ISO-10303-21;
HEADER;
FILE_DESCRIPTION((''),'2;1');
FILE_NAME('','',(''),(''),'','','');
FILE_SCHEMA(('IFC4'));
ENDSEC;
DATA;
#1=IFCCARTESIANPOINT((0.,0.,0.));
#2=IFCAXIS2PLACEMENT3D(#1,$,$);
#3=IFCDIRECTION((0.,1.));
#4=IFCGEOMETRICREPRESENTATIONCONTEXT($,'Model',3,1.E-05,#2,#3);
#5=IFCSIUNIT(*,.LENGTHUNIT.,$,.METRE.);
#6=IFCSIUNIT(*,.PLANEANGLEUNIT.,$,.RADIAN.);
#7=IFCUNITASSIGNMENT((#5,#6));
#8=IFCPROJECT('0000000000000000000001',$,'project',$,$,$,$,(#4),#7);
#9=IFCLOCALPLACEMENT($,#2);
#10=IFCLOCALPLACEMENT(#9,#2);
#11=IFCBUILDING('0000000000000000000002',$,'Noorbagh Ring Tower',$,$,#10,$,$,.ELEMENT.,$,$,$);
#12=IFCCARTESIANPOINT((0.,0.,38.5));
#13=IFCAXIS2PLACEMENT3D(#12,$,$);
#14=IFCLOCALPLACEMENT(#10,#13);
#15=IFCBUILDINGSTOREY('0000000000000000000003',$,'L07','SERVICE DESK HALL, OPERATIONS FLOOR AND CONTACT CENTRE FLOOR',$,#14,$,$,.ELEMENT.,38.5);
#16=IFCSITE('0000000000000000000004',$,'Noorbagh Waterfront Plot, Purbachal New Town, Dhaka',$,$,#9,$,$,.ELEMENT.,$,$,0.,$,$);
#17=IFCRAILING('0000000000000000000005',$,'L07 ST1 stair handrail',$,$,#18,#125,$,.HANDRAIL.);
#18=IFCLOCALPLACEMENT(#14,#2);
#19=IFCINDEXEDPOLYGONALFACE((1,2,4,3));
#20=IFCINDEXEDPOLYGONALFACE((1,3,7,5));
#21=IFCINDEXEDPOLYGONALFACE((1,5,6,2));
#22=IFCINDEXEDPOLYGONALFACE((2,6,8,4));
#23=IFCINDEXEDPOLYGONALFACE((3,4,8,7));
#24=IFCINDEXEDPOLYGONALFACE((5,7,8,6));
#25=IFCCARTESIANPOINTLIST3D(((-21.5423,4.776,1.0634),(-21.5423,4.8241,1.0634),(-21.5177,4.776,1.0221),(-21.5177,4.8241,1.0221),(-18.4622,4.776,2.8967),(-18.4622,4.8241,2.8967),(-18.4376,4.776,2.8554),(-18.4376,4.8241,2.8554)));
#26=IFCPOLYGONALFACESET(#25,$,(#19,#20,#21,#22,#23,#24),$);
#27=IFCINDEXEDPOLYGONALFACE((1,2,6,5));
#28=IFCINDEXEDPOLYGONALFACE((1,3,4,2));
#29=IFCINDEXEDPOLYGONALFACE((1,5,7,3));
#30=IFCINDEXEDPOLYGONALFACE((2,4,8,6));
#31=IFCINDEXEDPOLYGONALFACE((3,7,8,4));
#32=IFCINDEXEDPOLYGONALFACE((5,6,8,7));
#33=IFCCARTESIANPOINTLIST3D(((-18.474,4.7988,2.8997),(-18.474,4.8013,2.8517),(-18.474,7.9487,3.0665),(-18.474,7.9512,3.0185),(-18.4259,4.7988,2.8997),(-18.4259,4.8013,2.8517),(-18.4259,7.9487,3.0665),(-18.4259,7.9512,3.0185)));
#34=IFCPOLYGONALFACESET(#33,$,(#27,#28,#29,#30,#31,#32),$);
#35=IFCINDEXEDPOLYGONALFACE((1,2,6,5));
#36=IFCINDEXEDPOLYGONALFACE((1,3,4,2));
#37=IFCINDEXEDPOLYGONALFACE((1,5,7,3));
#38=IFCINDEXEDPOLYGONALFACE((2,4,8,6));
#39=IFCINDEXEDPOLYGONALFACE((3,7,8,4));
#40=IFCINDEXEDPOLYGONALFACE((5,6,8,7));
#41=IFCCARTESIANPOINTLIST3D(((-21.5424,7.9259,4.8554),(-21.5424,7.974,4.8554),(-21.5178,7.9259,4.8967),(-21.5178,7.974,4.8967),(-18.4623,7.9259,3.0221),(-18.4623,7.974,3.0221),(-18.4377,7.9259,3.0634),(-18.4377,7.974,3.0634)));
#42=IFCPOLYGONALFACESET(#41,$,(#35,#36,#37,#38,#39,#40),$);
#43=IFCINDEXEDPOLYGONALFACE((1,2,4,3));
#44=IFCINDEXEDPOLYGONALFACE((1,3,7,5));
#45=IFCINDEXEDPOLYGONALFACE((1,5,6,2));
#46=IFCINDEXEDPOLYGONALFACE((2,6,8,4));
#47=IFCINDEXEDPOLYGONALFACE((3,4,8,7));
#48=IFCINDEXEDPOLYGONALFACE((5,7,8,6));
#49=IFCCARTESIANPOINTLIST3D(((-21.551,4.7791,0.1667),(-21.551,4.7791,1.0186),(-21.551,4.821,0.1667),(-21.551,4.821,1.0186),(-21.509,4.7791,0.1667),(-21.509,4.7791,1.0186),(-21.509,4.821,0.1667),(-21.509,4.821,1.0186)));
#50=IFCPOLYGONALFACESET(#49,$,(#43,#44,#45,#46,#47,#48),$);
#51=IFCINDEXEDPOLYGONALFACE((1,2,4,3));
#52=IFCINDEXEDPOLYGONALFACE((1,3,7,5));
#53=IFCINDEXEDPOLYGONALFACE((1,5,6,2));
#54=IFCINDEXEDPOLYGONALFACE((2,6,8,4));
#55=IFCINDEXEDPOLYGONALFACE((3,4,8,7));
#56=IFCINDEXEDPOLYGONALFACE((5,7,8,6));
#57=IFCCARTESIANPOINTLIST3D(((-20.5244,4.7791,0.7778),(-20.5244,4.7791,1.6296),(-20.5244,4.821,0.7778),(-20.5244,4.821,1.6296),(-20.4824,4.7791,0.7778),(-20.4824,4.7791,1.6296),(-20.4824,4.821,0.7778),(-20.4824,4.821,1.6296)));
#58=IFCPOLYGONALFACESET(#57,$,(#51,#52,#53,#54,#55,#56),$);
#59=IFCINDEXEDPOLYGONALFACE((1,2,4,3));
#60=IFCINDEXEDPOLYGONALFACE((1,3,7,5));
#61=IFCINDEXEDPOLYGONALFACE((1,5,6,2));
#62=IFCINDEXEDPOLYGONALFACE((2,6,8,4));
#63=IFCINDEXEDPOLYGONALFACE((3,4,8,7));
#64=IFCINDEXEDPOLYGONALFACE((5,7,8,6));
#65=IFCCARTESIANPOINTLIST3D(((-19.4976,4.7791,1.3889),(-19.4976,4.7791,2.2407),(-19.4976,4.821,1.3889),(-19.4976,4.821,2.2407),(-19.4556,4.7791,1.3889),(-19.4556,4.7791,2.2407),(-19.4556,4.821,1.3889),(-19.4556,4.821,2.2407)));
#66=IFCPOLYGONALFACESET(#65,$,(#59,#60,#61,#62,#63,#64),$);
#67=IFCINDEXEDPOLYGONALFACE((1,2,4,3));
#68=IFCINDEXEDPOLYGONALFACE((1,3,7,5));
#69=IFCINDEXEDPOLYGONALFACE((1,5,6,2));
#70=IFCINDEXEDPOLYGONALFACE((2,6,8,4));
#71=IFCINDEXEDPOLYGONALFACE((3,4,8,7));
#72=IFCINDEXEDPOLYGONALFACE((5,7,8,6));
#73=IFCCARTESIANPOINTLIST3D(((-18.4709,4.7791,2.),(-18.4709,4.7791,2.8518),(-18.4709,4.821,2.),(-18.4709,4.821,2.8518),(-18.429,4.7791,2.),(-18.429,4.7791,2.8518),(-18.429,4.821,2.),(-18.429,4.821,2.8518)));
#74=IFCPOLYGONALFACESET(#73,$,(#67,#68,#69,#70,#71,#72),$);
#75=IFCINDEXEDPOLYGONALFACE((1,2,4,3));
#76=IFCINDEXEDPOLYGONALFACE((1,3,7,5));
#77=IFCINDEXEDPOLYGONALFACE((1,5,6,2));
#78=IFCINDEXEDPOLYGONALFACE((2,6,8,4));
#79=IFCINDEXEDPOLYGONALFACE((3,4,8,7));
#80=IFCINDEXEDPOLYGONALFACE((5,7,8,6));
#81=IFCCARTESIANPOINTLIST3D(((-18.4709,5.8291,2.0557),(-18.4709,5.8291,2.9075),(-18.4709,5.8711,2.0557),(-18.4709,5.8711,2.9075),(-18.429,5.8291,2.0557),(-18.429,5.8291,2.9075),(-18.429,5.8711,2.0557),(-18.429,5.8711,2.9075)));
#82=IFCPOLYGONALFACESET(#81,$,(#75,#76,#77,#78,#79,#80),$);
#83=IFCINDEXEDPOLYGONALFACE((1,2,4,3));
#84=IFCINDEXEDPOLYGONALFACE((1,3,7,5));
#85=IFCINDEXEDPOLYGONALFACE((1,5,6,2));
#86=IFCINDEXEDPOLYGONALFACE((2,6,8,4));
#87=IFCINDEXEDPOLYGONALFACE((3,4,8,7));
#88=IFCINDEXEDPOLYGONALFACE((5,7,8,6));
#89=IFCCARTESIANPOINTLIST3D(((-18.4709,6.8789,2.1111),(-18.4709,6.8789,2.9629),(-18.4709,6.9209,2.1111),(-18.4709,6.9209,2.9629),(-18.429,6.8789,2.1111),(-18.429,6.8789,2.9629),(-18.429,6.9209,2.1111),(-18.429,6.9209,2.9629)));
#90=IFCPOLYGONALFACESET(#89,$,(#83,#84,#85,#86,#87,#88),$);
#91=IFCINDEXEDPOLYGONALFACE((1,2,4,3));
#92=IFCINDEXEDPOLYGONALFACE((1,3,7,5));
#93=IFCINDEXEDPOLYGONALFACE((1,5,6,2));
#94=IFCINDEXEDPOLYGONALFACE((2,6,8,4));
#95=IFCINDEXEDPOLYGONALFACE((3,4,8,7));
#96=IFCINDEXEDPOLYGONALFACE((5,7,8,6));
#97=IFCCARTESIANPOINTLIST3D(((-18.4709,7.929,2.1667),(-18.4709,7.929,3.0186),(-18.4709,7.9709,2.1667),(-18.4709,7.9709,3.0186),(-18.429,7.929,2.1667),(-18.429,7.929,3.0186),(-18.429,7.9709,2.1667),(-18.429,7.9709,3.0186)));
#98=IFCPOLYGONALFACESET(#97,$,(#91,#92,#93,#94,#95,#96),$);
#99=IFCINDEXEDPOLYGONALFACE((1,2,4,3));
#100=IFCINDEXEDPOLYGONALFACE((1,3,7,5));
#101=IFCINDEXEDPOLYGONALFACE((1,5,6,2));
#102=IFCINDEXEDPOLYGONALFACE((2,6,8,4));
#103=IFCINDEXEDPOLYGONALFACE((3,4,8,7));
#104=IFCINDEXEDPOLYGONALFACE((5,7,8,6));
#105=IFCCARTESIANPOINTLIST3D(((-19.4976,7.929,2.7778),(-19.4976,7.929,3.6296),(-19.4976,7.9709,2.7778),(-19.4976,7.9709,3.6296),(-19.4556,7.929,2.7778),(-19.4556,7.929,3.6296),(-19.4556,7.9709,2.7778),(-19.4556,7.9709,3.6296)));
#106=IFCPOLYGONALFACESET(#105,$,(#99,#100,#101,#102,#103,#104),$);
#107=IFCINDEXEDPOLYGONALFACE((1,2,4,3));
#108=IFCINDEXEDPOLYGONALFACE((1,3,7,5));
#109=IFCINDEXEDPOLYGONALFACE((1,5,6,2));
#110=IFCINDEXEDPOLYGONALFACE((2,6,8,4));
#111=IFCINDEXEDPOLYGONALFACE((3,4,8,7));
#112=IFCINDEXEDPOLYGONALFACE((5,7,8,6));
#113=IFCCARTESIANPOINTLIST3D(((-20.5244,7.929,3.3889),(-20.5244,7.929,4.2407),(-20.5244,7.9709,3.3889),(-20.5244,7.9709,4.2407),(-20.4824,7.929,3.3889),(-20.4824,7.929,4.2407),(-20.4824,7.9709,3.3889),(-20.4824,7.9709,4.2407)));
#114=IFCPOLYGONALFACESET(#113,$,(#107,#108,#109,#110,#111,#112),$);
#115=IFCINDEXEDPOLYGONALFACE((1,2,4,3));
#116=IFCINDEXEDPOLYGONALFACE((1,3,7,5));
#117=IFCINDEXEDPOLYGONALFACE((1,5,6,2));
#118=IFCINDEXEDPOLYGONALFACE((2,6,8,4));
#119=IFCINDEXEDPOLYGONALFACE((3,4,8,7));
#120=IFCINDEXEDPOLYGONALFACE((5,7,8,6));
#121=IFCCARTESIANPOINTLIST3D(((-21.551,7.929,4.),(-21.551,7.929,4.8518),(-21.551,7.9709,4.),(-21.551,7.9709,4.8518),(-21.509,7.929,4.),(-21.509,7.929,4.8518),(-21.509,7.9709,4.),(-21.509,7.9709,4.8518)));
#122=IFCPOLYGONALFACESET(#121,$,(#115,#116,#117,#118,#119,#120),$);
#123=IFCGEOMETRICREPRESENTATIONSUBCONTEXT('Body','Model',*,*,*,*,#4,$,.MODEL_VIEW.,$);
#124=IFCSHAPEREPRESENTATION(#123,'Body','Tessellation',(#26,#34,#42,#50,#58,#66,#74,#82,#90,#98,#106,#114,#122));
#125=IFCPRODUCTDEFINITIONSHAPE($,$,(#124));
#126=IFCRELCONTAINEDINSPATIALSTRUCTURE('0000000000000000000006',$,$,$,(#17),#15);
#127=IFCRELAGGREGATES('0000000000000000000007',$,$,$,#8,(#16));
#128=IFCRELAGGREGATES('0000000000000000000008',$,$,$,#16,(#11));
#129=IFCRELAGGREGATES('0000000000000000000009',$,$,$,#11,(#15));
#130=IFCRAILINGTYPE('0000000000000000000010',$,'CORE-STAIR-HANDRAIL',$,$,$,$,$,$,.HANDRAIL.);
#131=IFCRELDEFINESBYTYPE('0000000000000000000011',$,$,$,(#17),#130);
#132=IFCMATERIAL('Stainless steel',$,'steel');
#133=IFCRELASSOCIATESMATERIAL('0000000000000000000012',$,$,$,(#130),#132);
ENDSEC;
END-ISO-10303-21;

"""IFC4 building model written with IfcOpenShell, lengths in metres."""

from ifc_helpers import new_model, si_unit, direction, frame, origin, origin_2d, place, context, subcontext, project, spatial, rectangle, extrude, material, type_object, element, save


model = new_model("IFC4")

# Units and contexts
model_context = context("Model", 3, precision=1e-05, world=origin(), true_north=direction((0.0, 1.0)))
body_context = subcontext(model_context, "Body", "Model", "MODEL_VIEW")
ifc_project = project(units=[si_unit("LENGTHUNIT", "METRE"), si_unit("PLANEANGLEUNIT", "RADIAN")], contexts=[model_context])

# Site, building, storey
site_placement = place(None, origin())
site = spatial("IfcSite", under=ifc_project, at=site_placement, Name="Noorbagh Waterfront Plot, Purbachal New Town, Dhaka", CompositionType="ELEMENT", RefElevation=0.0)
building_placement = place(site_placement, origin())
building = spatial("IfcBuilding", under=site, at=building_placement, Name="Noorbagh Ring Tower", CompositionType="ELEMENT")
storey_placement = place(building_placement, frame((0.0, 0.0, 38.5)))
storey = spatial("IfcBuildingStorey", under=building, at=storey_placement, Name="L07", Description="SERVICE DESK HALL, OPERATIONS FLOOR AND CONTACT CENTRE FLOOR", CompositionType="ELEMENT", Elevation=38.5)

# Railing
ifc_material_1 = material(Name="Stainless steel", Category="steel")
railing_type_1 = type_object("IfcRailingType", Name="CORE-STAIR-HANDRAIL", PredefinedType="HANDRAIL", material=ifc_material_1)
railing_1_placement = place(storey_placement, frame((-21.53, 4.8, 0.1667)))
element("IfcRailing", 1, at=railing_1_placement, inside=storey, type_object=railing_type_1, Name="L07 ST1 stair handrail", PredefinedType="HANDRAIL", context=body_context, shape_type="SweptSolid", body=[
    extrude(rectangle(XDim=0.0481, YDim=0.0481, at=origin_2d()), frame((0.0, 0.0, 0.876), z_axis=(0.859309, 0.0, 0.511458), x_axis=(0.0, 1.0, 0.0)), (0.0, 0.0, 1.0), 3.5845),
    extrude(rectangle(XDim=0.0481, YDim=0.0481, at=origin_2d()), frame((3.0801, 0.0, 2.709), z_axis=(0.0, 0.998602, 0.052864), x_axis=(-1.0, 0.0, 0.0)), (0.0, 0.0, 1.0), 3.1543),
    extrude(rectangle(XDim=0.0481, YDim=0.0481, at=origin_2d()), frame((3.0801, 3.1499, 2.876), z_axis=(-0.859309, 0.0, 0.511458), x_axis=(0.0, -1.0, 0.0)), (0.0, 0.0, 1.0), 3.5845),
    extrude(rectangle(XDim=0.042, YDim=0.042, at=origin_2d()), origin(), (0.0, 0.0, 1.0), 0.8518),
    extrude(rectangle(XDim=0.042, YDim=0.042, at=origin_2d()), frame((1.0266, 0.0, 0.6111)), (0.0, 0.0, 1.0), 0.8518),
    extrude(rectangle(XDim=0.042, YDim=0.042, at=origin_2d()), frame((2.0535, 0.0, 1.2222)), (0.0, 0.0, 1.0), 0.8518),
    extrude(rectangle(XDim=0.042, YDim=0.042, at=origin_2d()), frame((3.0801, 0.0, 1.8333)), (0.0, 0.0, 1.0), 0.8518),
    extrude(rectangle(XDim=0.042, YDim=0.042, at=origin_2d()), frame((3.0801, 1.05, 1.8889)), (0.0, 0.0, 1.0), 0.8518),
    extrude(rectangle(XDim=0.042, YDim=0.042, at=origin_2d()), frame((3.0801, 2.0999, 1.9443)), (0.0, 0.0, 1.0), 0.8518),
    extrude(rectangle(XDim=0.042, YDim=0.042, at=origin_2d()), frame((3.0801, 3.1499, 2.0)), (0.0, 0.0, 1.0), 0.8518),
    extrude(rectangle(XDim=0.042, YDim=0.042, at=origin_2d()), frame((2.0535, 3.1499, 2.6111)), (0.0, 0.0, 1.0), 0.8518),
    extrude(rectangle(XDim=0.042, YDim=0.042, at=origin_2d()), frame((1.0266, 3.1499, 3.2222)), (0.0, 0.0, 1.0), 0.8518),
    extrude(rectangle(XDim=0.042, YDim=0.042, at=origin_2d()), frame((0.0, 3.1499, 3.8333)), (0.0, 0.0, 1.0), 0.8518),
])

save(model, "model.ifc")
